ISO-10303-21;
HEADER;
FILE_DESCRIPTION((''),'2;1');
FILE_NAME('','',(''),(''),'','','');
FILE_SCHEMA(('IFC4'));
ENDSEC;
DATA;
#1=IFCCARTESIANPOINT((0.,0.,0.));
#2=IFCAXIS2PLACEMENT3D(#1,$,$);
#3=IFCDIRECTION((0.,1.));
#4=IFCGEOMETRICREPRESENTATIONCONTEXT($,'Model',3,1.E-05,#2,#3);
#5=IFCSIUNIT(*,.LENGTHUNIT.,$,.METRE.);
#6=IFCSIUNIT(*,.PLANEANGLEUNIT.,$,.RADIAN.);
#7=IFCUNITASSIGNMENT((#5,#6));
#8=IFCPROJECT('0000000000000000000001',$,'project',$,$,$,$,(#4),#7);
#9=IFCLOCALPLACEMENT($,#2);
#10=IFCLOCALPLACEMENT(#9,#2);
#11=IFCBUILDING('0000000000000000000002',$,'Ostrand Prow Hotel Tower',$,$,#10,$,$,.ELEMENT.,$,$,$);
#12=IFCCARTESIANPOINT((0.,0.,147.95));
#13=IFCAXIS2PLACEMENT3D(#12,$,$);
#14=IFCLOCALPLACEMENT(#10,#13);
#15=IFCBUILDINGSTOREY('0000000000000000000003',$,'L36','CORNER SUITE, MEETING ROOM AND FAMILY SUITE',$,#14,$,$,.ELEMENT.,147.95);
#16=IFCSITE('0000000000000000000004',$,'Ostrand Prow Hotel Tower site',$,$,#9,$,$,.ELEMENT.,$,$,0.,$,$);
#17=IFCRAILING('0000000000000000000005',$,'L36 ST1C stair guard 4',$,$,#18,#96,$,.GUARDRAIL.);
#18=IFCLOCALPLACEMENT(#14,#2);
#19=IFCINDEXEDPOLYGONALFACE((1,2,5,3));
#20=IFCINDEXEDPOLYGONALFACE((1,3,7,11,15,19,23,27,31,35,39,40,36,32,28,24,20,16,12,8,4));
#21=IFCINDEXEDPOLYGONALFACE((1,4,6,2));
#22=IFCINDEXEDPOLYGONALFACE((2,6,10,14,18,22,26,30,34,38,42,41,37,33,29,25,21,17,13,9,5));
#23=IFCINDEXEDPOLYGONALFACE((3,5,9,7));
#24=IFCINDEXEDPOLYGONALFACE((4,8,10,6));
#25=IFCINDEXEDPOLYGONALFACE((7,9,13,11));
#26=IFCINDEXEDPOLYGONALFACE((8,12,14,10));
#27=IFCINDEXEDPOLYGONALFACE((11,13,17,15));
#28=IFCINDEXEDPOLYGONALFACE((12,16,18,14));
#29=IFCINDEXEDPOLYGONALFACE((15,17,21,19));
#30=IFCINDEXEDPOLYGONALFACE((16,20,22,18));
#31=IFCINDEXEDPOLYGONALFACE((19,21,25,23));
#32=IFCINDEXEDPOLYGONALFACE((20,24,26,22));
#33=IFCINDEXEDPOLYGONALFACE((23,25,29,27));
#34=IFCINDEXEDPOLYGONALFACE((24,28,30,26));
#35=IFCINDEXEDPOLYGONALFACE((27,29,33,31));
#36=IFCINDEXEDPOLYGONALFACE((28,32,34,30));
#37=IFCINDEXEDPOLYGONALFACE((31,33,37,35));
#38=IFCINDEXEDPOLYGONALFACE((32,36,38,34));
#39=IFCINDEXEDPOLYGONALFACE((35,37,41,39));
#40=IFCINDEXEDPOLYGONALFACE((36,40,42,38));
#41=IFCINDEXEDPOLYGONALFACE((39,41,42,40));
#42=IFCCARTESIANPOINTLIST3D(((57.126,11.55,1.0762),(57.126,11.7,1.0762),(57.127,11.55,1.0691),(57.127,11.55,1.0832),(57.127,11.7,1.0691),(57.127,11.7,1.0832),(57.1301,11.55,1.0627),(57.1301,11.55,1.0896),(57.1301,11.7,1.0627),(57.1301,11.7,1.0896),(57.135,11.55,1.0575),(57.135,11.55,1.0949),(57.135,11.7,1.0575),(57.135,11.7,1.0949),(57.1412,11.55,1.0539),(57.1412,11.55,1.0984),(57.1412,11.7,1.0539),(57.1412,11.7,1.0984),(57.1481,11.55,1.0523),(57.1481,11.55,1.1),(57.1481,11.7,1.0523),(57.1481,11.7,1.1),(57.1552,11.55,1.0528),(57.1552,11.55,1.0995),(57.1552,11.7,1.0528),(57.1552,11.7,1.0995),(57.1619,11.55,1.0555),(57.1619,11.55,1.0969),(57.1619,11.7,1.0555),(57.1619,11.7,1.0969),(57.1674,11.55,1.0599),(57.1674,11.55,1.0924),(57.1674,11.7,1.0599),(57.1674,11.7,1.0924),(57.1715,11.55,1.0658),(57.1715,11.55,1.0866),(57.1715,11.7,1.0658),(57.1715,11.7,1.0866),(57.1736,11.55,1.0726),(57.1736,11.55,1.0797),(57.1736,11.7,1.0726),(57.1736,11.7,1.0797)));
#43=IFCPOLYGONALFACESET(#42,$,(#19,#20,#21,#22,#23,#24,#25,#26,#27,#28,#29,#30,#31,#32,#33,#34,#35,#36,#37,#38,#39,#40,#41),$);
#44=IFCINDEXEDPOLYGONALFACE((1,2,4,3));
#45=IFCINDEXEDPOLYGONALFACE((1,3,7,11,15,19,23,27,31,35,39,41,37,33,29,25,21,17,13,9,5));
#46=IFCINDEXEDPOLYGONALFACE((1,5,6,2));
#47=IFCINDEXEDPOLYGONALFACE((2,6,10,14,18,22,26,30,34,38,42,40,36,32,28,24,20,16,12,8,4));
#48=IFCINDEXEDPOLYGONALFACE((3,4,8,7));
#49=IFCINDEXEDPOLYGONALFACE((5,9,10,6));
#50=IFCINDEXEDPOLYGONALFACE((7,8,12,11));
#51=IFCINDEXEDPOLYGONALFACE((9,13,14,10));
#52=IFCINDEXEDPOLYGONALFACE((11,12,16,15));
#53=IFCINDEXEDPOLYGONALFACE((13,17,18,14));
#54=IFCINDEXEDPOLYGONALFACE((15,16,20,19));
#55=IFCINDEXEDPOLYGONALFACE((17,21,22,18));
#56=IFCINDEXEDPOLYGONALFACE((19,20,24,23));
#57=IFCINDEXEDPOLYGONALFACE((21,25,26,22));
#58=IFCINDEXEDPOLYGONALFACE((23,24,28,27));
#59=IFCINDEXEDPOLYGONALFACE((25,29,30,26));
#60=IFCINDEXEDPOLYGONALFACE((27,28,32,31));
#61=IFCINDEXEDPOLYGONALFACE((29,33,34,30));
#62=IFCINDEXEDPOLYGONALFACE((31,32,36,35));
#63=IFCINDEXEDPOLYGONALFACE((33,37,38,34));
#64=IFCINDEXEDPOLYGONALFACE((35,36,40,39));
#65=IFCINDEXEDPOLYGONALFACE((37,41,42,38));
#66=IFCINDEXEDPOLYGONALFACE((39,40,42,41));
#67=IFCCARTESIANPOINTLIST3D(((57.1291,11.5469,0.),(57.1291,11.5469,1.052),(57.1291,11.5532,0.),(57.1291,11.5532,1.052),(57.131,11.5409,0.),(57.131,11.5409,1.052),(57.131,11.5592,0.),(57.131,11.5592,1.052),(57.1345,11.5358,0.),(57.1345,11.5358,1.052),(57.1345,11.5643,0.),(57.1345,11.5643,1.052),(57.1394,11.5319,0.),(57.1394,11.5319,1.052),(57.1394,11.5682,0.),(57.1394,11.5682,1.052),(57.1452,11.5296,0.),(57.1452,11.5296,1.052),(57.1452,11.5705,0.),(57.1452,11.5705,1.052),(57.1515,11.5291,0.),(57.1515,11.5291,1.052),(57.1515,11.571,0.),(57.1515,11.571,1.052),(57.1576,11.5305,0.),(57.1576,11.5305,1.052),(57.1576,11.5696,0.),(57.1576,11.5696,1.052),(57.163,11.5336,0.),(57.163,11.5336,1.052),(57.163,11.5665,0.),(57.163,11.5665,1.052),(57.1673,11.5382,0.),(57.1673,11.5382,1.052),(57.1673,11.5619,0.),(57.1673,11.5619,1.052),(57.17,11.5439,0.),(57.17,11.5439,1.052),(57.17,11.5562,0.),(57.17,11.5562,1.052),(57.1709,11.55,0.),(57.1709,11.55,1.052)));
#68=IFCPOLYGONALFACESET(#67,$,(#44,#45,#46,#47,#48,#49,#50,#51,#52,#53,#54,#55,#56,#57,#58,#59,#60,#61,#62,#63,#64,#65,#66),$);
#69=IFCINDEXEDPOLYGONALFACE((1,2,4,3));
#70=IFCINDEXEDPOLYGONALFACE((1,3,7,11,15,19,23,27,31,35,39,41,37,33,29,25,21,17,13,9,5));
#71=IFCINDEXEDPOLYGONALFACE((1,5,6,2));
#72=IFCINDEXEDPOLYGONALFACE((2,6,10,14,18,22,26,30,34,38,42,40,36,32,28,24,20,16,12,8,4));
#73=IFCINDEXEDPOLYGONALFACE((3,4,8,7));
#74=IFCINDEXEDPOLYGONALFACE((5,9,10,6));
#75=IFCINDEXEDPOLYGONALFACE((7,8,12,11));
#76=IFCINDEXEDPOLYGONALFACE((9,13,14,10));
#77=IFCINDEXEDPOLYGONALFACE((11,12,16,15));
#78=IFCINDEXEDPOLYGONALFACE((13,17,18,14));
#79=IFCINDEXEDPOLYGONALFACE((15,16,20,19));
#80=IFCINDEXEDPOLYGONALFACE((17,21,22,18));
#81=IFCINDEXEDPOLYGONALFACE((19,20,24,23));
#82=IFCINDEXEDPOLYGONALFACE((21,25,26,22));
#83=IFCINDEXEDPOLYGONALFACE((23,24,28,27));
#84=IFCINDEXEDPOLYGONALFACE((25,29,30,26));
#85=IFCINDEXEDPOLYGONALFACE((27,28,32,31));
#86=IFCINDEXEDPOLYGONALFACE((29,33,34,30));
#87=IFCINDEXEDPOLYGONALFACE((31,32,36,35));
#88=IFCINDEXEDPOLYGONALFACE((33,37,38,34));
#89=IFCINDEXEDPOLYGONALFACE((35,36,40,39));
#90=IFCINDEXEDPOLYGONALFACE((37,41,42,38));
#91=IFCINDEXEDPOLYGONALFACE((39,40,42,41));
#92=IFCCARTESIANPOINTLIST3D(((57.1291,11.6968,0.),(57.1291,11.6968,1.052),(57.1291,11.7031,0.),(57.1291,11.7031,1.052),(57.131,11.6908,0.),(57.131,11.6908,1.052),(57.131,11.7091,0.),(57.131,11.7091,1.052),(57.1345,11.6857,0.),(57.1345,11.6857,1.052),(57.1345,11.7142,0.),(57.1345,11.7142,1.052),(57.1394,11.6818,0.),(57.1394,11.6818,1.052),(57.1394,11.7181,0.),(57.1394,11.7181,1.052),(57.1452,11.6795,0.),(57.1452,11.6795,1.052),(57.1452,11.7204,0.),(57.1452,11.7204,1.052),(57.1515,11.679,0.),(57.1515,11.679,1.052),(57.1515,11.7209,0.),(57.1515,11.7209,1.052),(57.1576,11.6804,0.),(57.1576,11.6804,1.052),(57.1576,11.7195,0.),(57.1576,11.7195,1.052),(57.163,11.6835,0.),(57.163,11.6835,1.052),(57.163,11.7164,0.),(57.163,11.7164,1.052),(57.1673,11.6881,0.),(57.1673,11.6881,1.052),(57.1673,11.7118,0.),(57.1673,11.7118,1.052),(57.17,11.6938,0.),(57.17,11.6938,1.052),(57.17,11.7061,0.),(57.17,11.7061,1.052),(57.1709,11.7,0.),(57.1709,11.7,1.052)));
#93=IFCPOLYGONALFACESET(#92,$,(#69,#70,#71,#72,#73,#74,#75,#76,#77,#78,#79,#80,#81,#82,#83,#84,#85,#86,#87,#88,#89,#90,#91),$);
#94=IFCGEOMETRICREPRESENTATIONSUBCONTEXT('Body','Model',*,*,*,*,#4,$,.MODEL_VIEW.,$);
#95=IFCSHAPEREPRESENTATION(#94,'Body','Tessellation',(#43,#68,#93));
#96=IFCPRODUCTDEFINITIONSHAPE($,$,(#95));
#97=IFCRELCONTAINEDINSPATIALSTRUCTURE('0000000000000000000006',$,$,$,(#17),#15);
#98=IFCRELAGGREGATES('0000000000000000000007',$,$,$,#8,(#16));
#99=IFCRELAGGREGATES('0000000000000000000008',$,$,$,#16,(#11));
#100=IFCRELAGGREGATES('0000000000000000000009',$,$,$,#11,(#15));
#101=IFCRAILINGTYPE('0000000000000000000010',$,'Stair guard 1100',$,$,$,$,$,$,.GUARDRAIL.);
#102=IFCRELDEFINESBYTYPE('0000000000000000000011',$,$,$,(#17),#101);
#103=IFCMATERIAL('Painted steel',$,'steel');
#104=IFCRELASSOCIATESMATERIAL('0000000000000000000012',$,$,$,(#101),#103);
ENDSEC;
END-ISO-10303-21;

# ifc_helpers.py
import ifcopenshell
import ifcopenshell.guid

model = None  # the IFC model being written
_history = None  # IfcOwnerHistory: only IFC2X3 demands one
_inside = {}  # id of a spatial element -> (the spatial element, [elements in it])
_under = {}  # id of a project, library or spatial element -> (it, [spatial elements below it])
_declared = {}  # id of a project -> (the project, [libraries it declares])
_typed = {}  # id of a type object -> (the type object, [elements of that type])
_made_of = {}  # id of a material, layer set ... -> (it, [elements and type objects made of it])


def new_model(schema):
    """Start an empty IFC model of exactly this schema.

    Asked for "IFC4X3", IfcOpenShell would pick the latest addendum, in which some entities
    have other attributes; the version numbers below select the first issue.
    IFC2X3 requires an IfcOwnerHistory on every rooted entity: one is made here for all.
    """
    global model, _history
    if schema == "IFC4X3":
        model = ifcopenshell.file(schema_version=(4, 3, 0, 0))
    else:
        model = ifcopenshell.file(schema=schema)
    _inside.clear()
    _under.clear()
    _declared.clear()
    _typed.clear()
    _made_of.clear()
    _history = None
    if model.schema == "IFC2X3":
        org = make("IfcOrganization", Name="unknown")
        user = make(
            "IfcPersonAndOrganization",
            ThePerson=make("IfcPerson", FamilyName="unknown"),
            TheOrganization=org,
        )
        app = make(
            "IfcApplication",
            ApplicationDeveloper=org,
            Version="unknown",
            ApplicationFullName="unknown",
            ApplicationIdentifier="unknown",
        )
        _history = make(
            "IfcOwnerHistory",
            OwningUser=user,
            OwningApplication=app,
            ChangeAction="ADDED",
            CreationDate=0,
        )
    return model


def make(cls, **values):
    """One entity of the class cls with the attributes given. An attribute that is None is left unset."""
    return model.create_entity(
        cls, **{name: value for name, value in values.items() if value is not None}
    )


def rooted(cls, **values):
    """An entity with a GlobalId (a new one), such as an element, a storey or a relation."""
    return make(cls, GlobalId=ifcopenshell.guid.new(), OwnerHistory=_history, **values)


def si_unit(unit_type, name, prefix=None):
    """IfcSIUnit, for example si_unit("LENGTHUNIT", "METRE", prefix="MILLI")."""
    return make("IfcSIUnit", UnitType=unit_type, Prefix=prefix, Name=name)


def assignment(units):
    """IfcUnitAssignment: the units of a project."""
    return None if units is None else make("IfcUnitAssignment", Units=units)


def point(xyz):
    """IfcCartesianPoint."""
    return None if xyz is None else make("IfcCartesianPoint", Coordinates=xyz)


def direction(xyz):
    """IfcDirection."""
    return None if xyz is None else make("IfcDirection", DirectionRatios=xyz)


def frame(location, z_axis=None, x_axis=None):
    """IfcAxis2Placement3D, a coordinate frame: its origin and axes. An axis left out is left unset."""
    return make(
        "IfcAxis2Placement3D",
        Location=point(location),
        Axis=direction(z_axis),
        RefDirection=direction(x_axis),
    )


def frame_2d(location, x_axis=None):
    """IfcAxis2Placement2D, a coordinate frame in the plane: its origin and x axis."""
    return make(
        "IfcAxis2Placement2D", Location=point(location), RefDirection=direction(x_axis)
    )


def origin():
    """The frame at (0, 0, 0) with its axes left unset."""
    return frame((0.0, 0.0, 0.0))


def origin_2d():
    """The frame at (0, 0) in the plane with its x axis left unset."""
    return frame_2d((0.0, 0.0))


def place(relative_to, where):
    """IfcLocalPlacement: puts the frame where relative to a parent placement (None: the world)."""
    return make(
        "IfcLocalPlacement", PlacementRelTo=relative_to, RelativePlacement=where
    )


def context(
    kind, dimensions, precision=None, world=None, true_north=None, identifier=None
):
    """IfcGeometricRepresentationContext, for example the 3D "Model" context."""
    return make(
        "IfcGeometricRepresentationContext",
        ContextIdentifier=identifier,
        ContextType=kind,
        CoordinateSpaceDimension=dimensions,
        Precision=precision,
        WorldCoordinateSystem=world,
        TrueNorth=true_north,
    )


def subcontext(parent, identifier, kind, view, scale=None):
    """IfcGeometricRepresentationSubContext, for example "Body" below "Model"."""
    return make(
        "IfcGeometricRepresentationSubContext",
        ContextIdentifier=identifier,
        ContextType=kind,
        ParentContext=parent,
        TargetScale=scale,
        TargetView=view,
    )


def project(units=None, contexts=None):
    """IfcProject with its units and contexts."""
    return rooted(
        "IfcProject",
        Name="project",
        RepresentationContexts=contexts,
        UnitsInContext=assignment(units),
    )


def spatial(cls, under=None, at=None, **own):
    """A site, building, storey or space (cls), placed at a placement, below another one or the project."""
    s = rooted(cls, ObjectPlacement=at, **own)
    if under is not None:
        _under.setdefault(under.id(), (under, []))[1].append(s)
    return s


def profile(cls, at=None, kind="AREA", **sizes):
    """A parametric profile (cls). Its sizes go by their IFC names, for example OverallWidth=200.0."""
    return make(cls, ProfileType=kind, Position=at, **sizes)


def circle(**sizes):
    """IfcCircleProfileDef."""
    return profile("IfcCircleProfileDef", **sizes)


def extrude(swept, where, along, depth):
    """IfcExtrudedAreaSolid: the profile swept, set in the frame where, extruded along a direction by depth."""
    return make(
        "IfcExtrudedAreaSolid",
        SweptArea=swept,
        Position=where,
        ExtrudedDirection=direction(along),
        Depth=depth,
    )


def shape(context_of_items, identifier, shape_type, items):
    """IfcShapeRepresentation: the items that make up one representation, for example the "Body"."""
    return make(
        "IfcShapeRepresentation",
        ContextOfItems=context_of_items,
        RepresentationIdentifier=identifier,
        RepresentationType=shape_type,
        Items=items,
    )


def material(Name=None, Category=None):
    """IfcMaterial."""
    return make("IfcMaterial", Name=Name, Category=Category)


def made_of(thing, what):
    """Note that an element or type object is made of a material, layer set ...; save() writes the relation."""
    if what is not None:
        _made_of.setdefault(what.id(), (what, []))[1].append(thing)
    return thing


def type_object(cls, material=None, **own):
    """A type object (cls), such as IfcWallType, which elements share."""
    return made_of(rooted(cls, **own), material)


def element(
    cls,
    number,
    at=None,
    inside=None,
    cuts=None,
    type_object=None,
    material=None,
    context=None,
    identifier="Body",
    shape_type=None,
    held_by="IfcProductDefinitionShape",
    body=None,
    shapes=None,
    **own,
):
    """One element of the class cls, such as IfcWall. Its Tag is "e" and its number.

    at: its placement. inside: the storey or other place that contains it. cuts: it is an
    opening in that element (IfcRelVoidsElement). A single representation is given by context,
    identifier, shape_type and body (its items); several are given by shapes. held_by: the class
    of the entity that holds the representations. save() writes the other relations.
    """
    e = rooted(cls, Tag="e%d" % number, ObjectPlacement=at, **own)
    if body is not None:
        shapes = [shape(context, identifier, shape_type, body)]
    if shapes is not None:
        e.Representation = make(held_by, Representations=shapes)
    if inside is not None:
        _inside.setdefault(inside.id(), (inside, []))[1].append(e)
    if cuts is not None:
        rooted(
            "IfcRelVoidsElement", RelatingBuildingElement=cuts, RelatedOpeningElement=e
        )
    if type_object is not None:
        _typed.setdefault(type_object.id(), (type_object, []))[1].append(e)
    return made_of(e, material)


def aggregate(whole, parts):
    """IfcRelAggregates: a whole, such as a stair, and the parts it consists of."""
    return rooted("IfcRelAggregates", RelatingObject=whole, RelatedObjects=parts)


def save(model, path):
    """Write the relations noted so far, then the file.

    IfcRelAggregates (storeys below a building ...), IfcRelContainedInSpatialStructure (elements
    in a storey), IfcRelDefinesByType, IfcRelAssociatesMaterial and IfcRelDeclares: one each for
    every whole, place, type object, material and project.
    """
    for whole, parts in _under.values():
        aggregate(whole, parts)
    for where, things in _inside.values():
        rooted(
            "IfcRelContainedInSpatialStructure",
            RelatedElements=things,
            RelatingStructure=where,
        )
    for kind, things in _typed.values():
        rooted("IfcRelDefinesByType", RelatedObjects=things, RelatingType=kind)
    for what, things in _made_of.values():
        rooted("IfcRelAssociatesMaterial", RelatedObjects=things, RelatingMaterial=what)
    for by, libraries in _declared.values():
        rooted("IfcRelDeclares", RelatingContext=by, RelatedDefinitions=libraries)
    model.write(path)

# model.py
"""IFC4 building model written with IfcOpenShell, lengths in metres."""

from ifc_helpers import new_model, si_unit, direction, frame, origin, origin_2d, place, context, subcontext, project, spatial, circle, extrude, material, type_object, element, save


model = new_model("IFC4")

# Units and contexts
model_context = context("Model", 3, precision=1e-05, world=origin(), true_north=direction((0.0, 1.0)))
body_context = subcontext(model_context, "Body", "Model", "MODEL_VIEW")
ifc_project = project(units=[si_unit("LENGTHUNIT", "METRE"), si_unit("PLANEANGLEUNIT", "RADIAN")], contexts=[model_context])

# Site, building, storey
site_placement = place(None, origin())
site = spatial("IfcSite", under=ifc_project, at=site_placement, Name="Ostrand Prow Hotel Tower site", CompositionType="ELEMENT", RefElevation=0.0)
building_placement = place(site_placement, origin())
building = spatial("IfcBuilding", under=site, at=building_placement, Name="Ostrand Prow Hotel Tower", CompositionType="ELEMENT")
storey_placement = place(building_placement, frame((0.0, 0.0, 147.95)))
storey = spatial("IfcBuildingStorey", under=building, at=storey_placement, Name="L36", Description="CORNER SUITE, MEETING ROOM AND FAMILY SUITE", CompositionType="ELEMENT", Elevation=147.95)

# Railing
ifc_material_1 = material(Name="Painted steel", Category="steel")
railing_type_1 = type_object("IfcRailingType", Name="Stair guard 1100", PredefinedType="GUARDRAIL", material=ifc_material_1)
railing_1_placement = place(storey_placement, frame((57.1499, 11.55, 0.0)))
element("IfcRailing", 1, at=railing_1_placement, inside=storey, type_object=railing_type_1, Name="L36 ST1C stair guard 4", PredefinedType="GUARDRAIL", context=body_context, shape_type="SweptSolid", body=[
    extrude(circle(Radius=0.0239, at=origin_2d()), frame((0.0, 0.0, 1.0762), z_axis=(0.0, 1.0, 0.0), x_axis=(-1.0, 0.0, 0.0)), (0.0, 0.0, 1.0), 0.1499),
    extrude(circle(Radius=0.021, at=origin_2d()), origin(), (0.0, 0.0, 1.0), 1.052),
    extrude(circle(Radius=0.021, at=origin_2d()), frame((0.0, 0.1499, 0.0)), (0.0, 0.0, 1.0), 1.052),
])

save(model, "model.ifc")
